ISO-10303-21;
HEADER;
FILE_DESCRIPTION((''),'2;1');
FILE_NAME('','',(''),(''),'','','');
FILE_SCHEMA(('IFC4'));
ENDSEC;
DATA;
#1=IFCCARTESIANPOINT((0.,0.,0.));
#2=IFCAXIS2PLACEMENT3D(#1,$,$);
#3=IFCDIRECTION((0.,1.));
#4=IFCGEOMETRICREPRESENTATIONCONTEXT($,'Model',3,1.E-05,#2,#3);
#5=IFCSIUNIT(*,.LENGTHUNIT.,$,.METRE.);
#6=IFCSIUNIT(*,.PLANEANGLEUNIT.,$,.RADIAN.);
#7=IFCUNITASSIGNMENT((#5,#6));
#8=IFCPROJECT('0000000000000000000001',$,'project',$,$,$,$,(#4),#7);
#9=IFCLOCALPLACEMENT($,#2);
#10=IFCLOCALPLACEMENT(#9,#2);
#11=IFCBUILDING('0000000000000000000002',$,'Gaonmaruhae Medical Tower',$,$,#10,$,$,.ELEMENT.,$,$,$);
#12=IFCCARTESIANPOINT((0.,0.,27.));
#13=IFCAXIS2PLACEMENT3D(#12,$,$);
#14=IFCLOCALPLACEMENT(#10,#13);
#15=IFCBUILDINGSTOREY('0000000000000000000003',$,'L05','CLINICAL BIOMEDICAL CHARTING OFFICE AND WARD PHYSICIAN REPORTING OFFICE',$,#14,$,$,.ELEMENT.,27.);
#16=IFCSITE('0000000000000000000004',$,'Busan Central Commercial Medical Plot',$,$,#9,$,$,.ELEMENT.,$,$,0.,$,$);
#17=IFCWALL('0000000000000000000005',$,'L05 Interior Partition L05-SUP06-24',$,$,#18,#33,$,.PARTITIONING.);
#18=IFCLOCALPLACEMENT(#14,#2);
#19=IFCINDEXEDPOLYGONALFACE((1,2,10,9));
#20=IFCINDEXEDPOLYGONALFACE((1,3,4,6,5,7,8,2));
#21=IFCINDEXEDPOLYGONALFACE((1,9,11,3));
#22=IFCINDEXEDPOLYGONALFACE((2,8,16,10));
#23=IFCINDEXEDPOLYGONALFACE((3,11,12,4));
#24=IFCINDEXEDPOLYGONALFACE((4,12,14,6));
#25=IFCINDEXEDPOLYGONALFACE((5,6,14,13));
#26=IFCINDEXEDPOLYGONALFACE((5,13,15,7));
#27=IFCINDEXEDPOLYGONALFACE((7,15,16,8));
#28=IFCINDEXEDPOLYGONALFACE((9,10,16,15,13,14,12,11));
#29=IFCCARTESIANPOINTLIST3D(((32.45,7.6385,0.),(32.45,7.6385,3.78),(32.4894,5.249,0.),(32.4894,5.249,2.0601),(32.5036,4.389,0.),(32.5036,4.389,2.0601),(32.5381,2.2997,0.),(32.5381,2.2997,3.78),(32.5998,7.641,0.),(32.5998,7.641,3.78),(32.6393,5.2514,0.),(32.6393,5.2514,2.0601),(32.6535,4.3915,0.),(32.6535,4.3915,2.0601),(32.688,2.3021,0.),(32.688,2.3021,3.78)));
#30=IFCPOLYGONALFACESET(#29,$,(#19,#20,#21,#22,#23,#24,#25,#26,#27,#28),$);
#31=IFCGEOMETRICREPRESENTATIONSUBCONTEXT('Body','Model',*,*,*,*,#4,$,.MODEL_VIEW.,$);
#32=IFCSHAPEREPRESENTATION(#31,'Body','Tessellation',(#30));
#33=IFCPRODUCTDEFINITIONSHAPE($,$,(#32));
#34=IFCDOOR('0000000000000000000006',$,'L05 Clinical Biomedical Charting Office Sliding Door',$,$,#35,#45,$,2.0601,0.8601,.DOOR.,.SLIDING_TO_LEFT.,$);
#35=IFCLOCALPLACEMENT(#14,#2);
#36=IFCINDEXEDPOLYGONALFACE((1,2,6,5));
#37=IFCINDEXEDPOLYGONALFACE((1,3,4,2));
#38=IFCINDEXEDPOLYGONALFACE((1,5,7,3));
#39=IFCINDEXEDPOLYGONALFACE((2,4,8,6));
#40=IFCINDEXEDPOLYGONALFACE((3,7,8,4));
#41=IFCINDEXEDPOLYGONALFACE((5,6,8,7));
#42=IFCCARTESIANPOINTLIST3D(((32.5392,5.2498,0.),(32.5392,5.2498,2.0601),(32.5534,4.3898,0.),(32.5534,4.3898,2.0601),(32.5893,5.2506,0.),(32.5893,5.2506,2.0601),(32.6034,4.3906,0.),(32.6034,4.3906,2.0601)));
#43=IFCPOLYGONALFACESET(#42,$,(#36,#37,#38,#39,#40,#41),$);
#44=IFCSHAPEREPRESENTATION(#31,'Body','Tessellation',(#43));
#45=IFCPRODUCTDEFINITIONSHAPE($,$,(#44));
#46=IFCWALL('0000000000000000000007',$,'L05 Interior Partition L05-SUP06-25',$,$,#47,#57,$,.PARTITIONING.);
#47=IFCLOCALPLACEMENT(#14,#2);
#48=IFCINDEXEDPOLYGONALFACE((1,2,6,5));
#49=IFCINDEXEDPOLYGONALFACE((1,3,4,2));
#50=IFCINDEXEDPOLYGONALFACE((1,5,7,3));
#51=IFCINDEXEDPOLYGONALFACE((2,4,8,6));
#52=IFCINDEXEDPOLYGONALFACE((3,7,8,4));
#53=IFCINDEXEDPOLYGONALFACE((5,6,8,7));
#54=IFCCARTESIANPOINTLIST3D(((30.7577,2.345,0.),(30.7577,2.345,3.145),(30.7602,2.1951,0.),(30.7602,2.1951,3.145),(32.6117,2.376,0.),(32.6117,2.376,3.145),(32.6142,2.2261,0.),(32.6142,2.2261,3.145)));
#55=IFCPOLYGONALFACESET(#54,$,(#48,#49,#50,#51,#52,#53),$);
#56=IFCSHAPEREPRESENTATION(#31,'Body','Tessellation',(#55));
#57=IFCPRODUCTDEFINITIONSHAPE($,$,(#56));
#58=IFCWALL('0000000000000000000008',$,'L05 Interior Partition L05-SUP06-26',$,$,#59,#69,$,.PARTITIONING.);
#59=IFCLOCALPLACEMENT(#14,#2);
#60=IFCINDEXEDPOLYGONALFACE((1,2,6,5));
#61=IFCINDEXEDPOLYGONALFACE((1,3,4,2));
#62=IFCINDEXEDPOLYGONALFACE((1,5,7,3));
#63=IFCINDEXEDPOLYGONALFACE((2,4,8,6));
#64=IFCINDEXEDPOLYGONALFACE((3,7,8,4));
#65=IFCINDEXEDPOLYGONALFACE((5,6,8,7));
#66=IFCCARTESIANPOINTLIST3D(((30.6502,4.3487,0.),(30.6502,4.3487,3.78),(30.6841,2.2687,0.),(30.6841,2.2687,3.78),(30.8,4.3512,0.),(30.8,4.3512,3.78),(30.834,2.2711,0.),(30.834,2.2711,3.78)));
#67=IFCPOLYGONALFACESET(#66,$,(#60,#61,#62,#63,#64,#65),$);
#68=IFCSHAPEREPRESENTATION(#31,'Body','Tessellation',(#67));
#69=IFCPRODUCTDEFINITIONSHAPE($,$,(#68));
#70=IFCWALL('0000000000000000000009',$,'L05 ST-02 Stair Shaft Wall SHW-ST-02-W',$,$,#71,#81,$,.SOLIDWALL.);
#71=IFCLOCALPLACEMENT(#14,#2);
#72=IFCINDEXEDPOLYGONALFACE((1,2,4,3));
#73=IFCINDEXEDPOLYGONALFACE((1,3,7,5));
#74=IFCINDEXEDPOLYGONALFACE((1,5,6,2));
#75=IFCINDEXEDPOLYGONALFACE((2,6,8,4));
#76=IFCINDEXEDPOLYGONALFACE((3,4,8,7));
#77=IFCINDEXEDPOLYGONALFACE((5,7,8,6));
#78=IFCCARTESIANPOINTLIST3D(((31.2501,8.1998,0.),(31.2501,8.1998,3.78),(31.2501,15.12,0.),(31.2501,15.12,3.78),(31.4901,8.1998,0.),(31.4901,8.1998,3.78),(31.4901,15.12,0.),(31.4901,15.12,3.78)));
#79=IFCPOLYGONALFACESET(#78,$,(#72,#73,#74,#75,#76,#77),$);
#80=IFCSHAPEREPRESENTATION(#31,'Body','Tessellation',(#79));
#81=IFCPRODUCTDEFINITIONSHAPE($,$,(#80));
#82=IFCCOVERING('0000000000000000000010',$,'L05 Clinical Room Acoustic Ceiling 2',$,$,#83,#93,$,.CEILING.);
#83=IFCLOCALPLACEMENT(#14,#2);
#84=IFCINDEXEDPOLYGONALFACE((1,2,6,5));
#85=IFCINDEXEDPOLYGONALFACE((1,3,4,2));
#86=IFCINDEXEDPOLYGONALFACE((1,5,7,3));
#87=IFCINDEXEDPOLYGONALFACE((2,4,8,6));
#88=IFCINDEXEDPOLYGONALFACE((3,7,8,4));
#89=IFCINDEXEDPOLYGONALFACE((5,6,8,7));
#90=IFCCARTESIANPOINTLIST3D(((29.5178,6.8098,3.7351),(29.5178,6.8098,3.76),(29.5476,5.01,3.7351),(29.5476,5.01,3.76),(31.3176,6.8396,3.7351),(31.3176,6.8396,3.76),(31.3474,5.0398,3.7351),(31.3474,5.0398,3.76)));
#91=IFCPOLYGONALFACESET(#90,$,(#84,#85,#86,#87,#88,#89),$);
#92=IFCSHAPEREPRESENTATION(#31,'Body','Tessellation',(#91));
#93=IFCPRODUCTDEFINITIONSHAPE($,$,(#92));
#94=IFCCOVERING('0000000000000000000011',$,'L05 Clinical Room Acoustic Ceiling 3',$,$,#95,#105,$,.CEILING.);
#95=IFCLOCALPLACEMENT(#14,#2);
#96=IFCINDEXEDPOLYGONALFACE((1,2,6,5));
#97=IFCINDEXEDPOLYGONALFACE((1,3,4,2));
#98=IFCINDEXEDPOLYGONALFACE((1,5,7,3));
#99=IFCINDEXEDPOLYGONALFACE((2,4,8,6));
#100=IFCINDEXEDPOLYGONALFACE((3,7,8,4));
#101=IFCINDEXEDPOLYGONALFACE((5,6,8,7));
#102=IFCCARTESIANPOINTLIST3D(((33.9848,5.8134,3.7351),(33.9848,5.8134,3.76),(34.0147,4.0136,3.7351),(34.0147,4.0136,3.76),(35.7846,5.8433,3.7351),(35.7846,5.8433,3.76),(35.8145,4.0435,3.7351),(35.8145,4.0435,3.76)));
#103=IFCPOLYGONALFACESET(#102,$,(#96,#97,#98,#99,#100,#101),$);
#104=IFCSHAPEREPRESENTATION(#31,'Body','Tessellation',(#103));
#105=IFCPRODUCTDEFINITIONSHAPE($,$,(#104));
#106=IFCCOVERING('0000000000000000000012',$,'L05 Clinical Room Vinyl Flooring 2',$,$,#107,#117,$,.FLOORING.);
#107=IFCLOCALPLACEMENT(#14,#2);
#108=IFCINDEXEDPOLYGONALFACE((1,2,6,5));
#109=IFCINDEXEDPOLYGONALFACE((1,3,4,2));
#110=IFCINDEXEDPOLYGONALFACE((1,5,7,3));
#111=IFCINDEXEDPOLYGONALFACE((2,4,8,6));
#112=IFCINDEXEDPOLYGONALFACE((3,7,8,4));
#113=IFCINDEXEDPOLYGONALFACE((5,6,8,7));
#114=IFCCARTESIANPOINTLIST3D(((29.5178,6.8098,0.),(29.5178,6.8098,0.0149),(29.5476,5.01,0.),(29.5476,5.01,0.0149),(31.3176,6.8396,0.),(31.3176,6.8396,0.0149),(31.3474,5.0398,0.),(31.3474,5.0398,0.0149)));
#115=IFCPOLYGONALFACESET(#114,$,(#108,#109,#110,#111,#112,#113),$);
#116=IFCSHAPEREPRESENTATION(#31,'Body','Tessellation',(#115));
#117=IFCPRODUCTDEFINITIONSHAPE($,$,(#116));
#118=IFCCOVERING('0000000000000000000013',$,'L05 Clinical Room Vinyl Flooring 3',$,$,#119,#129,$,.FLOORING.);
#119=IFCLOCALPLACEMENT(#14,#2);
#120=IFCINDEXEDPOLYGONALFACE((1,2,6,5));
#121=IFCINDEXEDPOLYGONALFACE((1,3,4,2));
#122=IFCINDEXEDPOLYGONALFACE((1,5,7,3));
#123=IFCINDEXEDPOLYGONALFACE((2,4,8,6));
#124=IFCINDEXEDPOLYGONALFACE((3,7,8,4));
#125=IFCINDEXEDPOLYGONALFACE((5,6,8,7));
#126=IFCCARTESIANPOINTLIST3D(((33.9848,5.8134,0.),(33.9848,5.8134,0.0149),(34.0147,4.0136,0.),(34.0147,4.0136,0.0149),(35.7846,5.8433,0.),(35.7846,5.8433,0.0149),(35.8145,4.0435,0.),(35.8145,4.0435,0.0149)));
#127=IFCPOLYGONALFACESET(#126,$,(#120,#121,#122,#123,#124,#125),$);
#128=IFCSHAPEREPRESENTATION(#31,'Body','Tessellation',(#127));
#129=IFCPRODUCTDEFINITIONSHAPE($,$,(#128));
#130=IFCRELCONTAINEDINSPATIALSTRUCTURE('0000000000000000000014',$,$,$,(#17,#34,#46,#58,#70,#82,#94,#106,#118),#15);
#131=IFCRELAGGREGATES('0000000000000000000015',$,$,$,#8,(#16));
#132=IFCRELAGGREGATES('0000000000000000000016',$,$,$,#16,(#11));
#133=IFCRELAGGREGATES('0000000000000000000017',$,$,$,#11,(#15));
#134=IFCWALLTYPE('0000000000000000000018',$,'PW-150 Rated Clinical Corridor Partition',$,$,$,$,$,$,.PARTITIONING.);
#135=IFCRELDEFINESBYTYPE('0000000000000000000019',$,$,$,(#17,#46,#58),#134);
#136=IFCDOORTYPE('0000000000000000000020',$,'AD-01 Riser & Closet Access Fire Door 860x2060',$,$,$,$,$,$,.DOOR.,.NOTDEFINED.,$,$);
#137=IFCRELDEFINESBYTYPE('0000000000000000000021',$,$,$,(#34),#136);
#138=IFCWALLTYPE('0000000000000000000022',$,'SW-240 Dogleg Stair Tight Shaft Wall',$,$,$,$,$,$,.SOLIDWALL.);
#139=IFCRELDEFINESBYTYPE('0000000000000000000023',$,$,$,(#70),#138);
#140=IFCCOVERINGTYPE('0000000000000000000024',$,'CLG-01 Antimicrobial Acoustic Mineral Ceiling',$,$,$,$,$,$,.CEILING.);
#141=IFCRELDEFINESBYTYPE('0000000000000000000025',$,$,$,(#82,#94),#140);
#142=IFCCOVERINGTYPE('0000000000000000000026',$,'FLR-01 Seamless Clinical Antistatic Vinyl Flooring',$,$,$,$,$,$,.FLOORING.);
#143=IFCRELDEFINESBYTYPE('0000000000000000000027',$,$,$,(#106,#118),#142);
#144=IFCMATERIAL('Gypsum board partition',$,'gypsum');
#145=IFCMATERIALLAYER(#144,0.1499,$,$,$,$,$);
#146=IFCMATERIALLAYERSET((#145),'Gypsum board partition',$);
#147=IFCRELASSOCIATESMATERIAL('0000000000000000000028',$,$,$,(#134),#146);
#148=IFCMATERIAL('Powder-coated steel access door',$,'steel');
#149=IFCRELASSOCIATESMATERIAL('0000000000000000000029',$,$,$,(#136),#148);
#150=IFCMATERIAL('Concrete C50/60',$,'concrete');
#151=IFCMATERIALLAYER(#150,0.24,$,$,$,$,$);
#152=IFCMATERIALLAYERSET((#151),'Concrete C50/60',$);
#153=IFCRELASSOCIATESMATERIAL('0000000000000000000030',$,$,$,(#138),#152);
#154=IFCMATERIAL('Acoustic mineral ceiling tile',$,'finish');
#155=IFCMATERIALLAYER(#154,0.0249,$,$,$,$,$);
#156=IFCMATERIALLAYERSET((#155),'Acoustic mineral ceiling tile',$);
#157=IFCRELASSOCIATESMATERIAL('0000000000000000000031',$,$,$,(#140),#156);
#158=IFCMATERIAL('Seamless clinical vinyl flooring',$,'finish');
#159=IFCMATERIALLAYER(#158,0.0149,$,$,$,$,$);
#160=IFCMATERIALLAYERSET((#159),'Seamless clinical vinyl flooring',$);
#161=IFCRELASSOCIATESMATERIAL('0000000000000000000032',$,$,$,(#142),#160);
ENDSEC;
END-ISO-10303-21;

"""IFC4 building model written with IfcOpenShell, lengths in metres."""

from ifc_helpers import new_model, si_unit, direction, frame, frame_2d, origin, origin_2d, place, context, subcontext, project, spatial, rectangle, extrude, material, layer, layer_set, type_object, element, fill, save


model = new_model("IFC4")

# Units and contexts
model_context = context("Model", 3, precision=1e-05, world=origin(), true_north=direction((0.0, 1.0)))
body_context = subcontext(model_context, "Body", "Model", "MODEL_VIEW")
ifc_project = project(units=[si_unit("LENGTHUNIT", "METRE"), si_unit("PLANEANGLEUNIT", "RADIAN")], contexts=[model_context])

# Site, building, storey
site_placement = place(None, origin())
site = spatial("IfcSite", under=ifc_project, at=site_placement, Name="Busan Central Commercial Medical Plot", CompositionType="ELEMENT", RefElevation=0.0)
building_placement = place(site_placement, origin())
building = spatial("IfcBuilding", under=site, at=building_placement, Name="Gaonmaruhae Medical Tower", CompositionType="ELEMENT")
storey_placement = place(building_placement, frame((0.0, 0.0, 27.0)))
storey = spatial("IfcBuildingStorey", under=building, at=storey_placement, Name="L05", Description="CLINICAL BIOMEDICAL CHARTING OFFICE AND WARD PHYSICIAN REPORTING OFFICE", CompositionType="ELEMENT", Elevation=27.0)

# Shared definitions
ifc_material_1 = material(Name="Gypsum board partition", Category="gypsum")
ifc_layer_1 = layer(ifc_material_1, 0.1499)
ifc_layer_set_1 = layer_set([ifc_layer_1], Name="Gypsum board partition")
wall_type_1 = type_object("IfcWallType", Name="PW-150 Rated Clinical Corridor Partition", PredefinedType="PARTITIONING", material=ifc_layer_set_1)
ifc_material_2 = material(Name="Powder-coated steel access door", Category="steel")
door_type_1 = type_object("IfcDoorType", Name="AD-01 Riser & Closet Access Fire Door 860x2060", OperationType="NOTDEFINED", PredefinedType="DOOR", material=ifc_material_2)

# Wall, opening, door
wall_1_placement = place(storey_placement, frame((32.5249, 7.6399, 0.0), z_axis=(0.0, 0.0, 1.0), x_axis=(0.016506, -0.999864, 0.0)))
wall_1 = element("IfcWall", 1, at=wall_1_placement, inside=storey, type_object=wall_type_1, Name="L05 Interior Partition L05-SUP06-24", PredefinedType="PARTITIONING", context=body_context, shape_type="SweptSolid", body=[
    extrude(rectangle(XDim=5.3396, YDim=0.1499, at=frame_2d((2.6699, 0.0))), origin(), (0.0, 0.0, 1.0), 3.78),
])
opening_1_placement = place(wall_1_placement, frame((2.3899, 0.0, 0.0)))
opening_1 = element("IfcOpeningElement", 2, at=opening_1_placement, cuts=wall_1, PredefinedType="OPENING", context=body_context, shape_type="SweptSolid", body=[
    extrude(rectangle(XDim=0.8601, YDim=2.0601, at=frame_2d((0.4302, 1.03))), frame((0.0, 0.085, 0.0), z_axis=(0.0, -1.0, 0.0), x_axis=(1.0, 0.0, 0.0)), (0.0, 0.0, 1.0), 0.1699),
])
door_1_placement = place(opening_1_placement, origin())
door_1 = element("IfcDoor", 3, at=door_1_placement, inside=storey, type_object=door_type_1, Name="L05 Clinical Biomedical Charting Office Sliding Door", OperationType="SLIDING_TO_LEFT", OverallHeight=2.0601, OverallWidth=0.8601, PredefinedType="DOOR", context=body_context, shape_type="SweptSolid", body=[
    extrude(rectangle(XDim=0.8601, YDim=2.0601, at=frame_2d((0.4302, 1.03))), frame((0.0, 0.0249, 0.0), z_axis=(0.0, -1.0, 0.0), x_axis=(1.0, 0.0, 0.0)), (0.0, 0.0, 1.0), 0.05),
])
fill(opening_1, door_1)

# Walls
wall_2_placement = place(storey_placement, frame((32.613, 2.301, 0.0), z_axis=(0.0, 0.0, 1.0), x_axis=(-0.99986, -0.016721, 0.0)))
element("IfcWall", 4, at=wall_2_placement, inside=storey, type_object=wall_type_1, Name="L05 Interior Partition L05-SUP06-25", PredefinedType="PARTITIONING", context=body_context, shape_type="SweptSolid", body=[
    extrude(rectangle(XDim=1.8542, YDim=0.1499, at=frame_2d((0.9272, 0.0))), origin(), (0.0, 0.0, 1.0), 3.145),
])
wall_3_placement = place(storey_placement, frame((30.759, 2.27, 0.0), z_axis=(0.0, 0.0, 1.0), x_axis=(-0.016312, 0.999867, 0.0)))
element("IfcWall", 5, at=wall_3_placement, inside=storey, type_object=wall_type_1, Name="L05 Interior Partition L05-SUP06-26", PredefinedType="PARTITIONING", context=body_context, shape_type="SweptSolid", body=[
    extrude(rectangle(XDim=2.0803, YDim=0.1499, at=frame_2d((1.04, 0.0))), origin(), (0.0, 0.0, 1.0), 3.78),
])
ifc_material_3 = material(Name="Concrete C50/60", Category="concrete")
ifc_layer_2 = layer(ifc_material_3, 0.24)
ifc_layer_set_2 = layer_set([ifc_layer_2], Name="Concrete C50/60")
wall_type_2 = type_object("IfcWallType", Name="SW-240 Dogleg Stair Tight Shaft Wall", PredefinedType="SOLIDWALL", material=ifc_layer_set_2)
wall_4_placement = place(storey_placement, frame((31.3701, 8.2, 0.0), z_axis=(0.0, 0.0, 1.0), x_axis=(0.0, 1.0, 0.0)))
element("IfcWall", 6, at=wall_4_placement, inside=storey, type_object=wall_type_2, Name="L05 ST-02 Stair Shaft Wall SHW-ST-02-W", PredefinedType="SOLIDWALL", context=body_context, shape_type="SweptSolid", body=[
    extrude(rectangle(XDim=6.9202, YDim=0.24, at=frame_2d((3.46, 0.0))), origin(), (0.0, 0.0, 1.0), 3.78),
])

# Coverings
ifc_material_4 = material(Name="Acoustic mineral ceiling tile", Category="finish")
ifc_layer_3 = layer(ifc_material_4, 0.0249)
ifc_layer_set_3 = layer_set([ifc_layer_3], Name="Acoustic mineral ceiling tile")
covering_type_1 = type_object("IfcCoveringType", Name="CLG-01 Antimicrobial Acoustic Mineral Ceiling", PredefinedType="CEILING", material=ifc_layer_set_3)
for number, where, z_axis, x_axis, name in (
    (7, (30.4326, 5.9248, 3.7351), (0.0, 0.0, 1.0), (0.999863, 0.01658, 0.0), "L05 Clinical Room Acoustic Ceiling 2"),
    (8, (34.8997, 4.9285, 3.7351), (0.0, 0.0, 1.0), (0.999863, 0.01658, 0.0), "L05 Clinical Room Acoustic Ceiling 3"),
):
    element("IfcCovering", number, at=place(storey_placement, frame(where, z_axis=z_axis, x_axis=x_axis)), inside=storey, type_object=covering_type_1, Name=name, PredefinedType="CEILING", context=body_context, shape_type="SweptSolid", body=[
        extrude(rectangle(XDim=1.8, YDim=1.8, at=origin_2d()), origin(), (0.0, 0.0, 1.0), 0.0249),
    ])
ifc_material_5 = material(Name="Seamless clinical vinyl flooring", Category="finish")
ifc_layer_4 = layer(ifc_material_5, 0.0149)
ifc_layer_set_4 = layer_set([ifc_layer_4], Name="Seamless clinical vinyl flooring")
covering_type_2 = type_object("IfcCoveringType", Name="FLR-01 Seamless Clinical Antistatic Vinyl Flooring", PredefinedType="FLOORING", material=ifc_layer_set_4)
for number, where, z_axis, x_axis, name in (
    (9, (30.4326, 5.9248, 0.0), (0.0, 0.0, 1.0), (0.999863, 0.01658, 0.0), "L05 Clinical Room Vinyl Flooring 2"),
    (10, (34.8997, 4.9285, 0.0), (0.0, 0.0, 1.0), (0.999863, 0.01658, 0.0), "L05 Clinical Room Vinyl Flooring 3"),
):
    element("IfcCovering", number, at=place(storey_placement, frame(where, z_axis=z_axis, x_axis=x_axis)), inside=storey, type_object=covering_type_2, Name=name, PredefinedType="FLOORING", context=body_context, shape_type="SweptSolid", body=[
        extrude(rectangle(XDim=1.8, YDim=1.8, at=origin_2d()), origin(), (0.0, 0.0, 1.0), 0.0149),
    ])

save(model, "model.ifc")
